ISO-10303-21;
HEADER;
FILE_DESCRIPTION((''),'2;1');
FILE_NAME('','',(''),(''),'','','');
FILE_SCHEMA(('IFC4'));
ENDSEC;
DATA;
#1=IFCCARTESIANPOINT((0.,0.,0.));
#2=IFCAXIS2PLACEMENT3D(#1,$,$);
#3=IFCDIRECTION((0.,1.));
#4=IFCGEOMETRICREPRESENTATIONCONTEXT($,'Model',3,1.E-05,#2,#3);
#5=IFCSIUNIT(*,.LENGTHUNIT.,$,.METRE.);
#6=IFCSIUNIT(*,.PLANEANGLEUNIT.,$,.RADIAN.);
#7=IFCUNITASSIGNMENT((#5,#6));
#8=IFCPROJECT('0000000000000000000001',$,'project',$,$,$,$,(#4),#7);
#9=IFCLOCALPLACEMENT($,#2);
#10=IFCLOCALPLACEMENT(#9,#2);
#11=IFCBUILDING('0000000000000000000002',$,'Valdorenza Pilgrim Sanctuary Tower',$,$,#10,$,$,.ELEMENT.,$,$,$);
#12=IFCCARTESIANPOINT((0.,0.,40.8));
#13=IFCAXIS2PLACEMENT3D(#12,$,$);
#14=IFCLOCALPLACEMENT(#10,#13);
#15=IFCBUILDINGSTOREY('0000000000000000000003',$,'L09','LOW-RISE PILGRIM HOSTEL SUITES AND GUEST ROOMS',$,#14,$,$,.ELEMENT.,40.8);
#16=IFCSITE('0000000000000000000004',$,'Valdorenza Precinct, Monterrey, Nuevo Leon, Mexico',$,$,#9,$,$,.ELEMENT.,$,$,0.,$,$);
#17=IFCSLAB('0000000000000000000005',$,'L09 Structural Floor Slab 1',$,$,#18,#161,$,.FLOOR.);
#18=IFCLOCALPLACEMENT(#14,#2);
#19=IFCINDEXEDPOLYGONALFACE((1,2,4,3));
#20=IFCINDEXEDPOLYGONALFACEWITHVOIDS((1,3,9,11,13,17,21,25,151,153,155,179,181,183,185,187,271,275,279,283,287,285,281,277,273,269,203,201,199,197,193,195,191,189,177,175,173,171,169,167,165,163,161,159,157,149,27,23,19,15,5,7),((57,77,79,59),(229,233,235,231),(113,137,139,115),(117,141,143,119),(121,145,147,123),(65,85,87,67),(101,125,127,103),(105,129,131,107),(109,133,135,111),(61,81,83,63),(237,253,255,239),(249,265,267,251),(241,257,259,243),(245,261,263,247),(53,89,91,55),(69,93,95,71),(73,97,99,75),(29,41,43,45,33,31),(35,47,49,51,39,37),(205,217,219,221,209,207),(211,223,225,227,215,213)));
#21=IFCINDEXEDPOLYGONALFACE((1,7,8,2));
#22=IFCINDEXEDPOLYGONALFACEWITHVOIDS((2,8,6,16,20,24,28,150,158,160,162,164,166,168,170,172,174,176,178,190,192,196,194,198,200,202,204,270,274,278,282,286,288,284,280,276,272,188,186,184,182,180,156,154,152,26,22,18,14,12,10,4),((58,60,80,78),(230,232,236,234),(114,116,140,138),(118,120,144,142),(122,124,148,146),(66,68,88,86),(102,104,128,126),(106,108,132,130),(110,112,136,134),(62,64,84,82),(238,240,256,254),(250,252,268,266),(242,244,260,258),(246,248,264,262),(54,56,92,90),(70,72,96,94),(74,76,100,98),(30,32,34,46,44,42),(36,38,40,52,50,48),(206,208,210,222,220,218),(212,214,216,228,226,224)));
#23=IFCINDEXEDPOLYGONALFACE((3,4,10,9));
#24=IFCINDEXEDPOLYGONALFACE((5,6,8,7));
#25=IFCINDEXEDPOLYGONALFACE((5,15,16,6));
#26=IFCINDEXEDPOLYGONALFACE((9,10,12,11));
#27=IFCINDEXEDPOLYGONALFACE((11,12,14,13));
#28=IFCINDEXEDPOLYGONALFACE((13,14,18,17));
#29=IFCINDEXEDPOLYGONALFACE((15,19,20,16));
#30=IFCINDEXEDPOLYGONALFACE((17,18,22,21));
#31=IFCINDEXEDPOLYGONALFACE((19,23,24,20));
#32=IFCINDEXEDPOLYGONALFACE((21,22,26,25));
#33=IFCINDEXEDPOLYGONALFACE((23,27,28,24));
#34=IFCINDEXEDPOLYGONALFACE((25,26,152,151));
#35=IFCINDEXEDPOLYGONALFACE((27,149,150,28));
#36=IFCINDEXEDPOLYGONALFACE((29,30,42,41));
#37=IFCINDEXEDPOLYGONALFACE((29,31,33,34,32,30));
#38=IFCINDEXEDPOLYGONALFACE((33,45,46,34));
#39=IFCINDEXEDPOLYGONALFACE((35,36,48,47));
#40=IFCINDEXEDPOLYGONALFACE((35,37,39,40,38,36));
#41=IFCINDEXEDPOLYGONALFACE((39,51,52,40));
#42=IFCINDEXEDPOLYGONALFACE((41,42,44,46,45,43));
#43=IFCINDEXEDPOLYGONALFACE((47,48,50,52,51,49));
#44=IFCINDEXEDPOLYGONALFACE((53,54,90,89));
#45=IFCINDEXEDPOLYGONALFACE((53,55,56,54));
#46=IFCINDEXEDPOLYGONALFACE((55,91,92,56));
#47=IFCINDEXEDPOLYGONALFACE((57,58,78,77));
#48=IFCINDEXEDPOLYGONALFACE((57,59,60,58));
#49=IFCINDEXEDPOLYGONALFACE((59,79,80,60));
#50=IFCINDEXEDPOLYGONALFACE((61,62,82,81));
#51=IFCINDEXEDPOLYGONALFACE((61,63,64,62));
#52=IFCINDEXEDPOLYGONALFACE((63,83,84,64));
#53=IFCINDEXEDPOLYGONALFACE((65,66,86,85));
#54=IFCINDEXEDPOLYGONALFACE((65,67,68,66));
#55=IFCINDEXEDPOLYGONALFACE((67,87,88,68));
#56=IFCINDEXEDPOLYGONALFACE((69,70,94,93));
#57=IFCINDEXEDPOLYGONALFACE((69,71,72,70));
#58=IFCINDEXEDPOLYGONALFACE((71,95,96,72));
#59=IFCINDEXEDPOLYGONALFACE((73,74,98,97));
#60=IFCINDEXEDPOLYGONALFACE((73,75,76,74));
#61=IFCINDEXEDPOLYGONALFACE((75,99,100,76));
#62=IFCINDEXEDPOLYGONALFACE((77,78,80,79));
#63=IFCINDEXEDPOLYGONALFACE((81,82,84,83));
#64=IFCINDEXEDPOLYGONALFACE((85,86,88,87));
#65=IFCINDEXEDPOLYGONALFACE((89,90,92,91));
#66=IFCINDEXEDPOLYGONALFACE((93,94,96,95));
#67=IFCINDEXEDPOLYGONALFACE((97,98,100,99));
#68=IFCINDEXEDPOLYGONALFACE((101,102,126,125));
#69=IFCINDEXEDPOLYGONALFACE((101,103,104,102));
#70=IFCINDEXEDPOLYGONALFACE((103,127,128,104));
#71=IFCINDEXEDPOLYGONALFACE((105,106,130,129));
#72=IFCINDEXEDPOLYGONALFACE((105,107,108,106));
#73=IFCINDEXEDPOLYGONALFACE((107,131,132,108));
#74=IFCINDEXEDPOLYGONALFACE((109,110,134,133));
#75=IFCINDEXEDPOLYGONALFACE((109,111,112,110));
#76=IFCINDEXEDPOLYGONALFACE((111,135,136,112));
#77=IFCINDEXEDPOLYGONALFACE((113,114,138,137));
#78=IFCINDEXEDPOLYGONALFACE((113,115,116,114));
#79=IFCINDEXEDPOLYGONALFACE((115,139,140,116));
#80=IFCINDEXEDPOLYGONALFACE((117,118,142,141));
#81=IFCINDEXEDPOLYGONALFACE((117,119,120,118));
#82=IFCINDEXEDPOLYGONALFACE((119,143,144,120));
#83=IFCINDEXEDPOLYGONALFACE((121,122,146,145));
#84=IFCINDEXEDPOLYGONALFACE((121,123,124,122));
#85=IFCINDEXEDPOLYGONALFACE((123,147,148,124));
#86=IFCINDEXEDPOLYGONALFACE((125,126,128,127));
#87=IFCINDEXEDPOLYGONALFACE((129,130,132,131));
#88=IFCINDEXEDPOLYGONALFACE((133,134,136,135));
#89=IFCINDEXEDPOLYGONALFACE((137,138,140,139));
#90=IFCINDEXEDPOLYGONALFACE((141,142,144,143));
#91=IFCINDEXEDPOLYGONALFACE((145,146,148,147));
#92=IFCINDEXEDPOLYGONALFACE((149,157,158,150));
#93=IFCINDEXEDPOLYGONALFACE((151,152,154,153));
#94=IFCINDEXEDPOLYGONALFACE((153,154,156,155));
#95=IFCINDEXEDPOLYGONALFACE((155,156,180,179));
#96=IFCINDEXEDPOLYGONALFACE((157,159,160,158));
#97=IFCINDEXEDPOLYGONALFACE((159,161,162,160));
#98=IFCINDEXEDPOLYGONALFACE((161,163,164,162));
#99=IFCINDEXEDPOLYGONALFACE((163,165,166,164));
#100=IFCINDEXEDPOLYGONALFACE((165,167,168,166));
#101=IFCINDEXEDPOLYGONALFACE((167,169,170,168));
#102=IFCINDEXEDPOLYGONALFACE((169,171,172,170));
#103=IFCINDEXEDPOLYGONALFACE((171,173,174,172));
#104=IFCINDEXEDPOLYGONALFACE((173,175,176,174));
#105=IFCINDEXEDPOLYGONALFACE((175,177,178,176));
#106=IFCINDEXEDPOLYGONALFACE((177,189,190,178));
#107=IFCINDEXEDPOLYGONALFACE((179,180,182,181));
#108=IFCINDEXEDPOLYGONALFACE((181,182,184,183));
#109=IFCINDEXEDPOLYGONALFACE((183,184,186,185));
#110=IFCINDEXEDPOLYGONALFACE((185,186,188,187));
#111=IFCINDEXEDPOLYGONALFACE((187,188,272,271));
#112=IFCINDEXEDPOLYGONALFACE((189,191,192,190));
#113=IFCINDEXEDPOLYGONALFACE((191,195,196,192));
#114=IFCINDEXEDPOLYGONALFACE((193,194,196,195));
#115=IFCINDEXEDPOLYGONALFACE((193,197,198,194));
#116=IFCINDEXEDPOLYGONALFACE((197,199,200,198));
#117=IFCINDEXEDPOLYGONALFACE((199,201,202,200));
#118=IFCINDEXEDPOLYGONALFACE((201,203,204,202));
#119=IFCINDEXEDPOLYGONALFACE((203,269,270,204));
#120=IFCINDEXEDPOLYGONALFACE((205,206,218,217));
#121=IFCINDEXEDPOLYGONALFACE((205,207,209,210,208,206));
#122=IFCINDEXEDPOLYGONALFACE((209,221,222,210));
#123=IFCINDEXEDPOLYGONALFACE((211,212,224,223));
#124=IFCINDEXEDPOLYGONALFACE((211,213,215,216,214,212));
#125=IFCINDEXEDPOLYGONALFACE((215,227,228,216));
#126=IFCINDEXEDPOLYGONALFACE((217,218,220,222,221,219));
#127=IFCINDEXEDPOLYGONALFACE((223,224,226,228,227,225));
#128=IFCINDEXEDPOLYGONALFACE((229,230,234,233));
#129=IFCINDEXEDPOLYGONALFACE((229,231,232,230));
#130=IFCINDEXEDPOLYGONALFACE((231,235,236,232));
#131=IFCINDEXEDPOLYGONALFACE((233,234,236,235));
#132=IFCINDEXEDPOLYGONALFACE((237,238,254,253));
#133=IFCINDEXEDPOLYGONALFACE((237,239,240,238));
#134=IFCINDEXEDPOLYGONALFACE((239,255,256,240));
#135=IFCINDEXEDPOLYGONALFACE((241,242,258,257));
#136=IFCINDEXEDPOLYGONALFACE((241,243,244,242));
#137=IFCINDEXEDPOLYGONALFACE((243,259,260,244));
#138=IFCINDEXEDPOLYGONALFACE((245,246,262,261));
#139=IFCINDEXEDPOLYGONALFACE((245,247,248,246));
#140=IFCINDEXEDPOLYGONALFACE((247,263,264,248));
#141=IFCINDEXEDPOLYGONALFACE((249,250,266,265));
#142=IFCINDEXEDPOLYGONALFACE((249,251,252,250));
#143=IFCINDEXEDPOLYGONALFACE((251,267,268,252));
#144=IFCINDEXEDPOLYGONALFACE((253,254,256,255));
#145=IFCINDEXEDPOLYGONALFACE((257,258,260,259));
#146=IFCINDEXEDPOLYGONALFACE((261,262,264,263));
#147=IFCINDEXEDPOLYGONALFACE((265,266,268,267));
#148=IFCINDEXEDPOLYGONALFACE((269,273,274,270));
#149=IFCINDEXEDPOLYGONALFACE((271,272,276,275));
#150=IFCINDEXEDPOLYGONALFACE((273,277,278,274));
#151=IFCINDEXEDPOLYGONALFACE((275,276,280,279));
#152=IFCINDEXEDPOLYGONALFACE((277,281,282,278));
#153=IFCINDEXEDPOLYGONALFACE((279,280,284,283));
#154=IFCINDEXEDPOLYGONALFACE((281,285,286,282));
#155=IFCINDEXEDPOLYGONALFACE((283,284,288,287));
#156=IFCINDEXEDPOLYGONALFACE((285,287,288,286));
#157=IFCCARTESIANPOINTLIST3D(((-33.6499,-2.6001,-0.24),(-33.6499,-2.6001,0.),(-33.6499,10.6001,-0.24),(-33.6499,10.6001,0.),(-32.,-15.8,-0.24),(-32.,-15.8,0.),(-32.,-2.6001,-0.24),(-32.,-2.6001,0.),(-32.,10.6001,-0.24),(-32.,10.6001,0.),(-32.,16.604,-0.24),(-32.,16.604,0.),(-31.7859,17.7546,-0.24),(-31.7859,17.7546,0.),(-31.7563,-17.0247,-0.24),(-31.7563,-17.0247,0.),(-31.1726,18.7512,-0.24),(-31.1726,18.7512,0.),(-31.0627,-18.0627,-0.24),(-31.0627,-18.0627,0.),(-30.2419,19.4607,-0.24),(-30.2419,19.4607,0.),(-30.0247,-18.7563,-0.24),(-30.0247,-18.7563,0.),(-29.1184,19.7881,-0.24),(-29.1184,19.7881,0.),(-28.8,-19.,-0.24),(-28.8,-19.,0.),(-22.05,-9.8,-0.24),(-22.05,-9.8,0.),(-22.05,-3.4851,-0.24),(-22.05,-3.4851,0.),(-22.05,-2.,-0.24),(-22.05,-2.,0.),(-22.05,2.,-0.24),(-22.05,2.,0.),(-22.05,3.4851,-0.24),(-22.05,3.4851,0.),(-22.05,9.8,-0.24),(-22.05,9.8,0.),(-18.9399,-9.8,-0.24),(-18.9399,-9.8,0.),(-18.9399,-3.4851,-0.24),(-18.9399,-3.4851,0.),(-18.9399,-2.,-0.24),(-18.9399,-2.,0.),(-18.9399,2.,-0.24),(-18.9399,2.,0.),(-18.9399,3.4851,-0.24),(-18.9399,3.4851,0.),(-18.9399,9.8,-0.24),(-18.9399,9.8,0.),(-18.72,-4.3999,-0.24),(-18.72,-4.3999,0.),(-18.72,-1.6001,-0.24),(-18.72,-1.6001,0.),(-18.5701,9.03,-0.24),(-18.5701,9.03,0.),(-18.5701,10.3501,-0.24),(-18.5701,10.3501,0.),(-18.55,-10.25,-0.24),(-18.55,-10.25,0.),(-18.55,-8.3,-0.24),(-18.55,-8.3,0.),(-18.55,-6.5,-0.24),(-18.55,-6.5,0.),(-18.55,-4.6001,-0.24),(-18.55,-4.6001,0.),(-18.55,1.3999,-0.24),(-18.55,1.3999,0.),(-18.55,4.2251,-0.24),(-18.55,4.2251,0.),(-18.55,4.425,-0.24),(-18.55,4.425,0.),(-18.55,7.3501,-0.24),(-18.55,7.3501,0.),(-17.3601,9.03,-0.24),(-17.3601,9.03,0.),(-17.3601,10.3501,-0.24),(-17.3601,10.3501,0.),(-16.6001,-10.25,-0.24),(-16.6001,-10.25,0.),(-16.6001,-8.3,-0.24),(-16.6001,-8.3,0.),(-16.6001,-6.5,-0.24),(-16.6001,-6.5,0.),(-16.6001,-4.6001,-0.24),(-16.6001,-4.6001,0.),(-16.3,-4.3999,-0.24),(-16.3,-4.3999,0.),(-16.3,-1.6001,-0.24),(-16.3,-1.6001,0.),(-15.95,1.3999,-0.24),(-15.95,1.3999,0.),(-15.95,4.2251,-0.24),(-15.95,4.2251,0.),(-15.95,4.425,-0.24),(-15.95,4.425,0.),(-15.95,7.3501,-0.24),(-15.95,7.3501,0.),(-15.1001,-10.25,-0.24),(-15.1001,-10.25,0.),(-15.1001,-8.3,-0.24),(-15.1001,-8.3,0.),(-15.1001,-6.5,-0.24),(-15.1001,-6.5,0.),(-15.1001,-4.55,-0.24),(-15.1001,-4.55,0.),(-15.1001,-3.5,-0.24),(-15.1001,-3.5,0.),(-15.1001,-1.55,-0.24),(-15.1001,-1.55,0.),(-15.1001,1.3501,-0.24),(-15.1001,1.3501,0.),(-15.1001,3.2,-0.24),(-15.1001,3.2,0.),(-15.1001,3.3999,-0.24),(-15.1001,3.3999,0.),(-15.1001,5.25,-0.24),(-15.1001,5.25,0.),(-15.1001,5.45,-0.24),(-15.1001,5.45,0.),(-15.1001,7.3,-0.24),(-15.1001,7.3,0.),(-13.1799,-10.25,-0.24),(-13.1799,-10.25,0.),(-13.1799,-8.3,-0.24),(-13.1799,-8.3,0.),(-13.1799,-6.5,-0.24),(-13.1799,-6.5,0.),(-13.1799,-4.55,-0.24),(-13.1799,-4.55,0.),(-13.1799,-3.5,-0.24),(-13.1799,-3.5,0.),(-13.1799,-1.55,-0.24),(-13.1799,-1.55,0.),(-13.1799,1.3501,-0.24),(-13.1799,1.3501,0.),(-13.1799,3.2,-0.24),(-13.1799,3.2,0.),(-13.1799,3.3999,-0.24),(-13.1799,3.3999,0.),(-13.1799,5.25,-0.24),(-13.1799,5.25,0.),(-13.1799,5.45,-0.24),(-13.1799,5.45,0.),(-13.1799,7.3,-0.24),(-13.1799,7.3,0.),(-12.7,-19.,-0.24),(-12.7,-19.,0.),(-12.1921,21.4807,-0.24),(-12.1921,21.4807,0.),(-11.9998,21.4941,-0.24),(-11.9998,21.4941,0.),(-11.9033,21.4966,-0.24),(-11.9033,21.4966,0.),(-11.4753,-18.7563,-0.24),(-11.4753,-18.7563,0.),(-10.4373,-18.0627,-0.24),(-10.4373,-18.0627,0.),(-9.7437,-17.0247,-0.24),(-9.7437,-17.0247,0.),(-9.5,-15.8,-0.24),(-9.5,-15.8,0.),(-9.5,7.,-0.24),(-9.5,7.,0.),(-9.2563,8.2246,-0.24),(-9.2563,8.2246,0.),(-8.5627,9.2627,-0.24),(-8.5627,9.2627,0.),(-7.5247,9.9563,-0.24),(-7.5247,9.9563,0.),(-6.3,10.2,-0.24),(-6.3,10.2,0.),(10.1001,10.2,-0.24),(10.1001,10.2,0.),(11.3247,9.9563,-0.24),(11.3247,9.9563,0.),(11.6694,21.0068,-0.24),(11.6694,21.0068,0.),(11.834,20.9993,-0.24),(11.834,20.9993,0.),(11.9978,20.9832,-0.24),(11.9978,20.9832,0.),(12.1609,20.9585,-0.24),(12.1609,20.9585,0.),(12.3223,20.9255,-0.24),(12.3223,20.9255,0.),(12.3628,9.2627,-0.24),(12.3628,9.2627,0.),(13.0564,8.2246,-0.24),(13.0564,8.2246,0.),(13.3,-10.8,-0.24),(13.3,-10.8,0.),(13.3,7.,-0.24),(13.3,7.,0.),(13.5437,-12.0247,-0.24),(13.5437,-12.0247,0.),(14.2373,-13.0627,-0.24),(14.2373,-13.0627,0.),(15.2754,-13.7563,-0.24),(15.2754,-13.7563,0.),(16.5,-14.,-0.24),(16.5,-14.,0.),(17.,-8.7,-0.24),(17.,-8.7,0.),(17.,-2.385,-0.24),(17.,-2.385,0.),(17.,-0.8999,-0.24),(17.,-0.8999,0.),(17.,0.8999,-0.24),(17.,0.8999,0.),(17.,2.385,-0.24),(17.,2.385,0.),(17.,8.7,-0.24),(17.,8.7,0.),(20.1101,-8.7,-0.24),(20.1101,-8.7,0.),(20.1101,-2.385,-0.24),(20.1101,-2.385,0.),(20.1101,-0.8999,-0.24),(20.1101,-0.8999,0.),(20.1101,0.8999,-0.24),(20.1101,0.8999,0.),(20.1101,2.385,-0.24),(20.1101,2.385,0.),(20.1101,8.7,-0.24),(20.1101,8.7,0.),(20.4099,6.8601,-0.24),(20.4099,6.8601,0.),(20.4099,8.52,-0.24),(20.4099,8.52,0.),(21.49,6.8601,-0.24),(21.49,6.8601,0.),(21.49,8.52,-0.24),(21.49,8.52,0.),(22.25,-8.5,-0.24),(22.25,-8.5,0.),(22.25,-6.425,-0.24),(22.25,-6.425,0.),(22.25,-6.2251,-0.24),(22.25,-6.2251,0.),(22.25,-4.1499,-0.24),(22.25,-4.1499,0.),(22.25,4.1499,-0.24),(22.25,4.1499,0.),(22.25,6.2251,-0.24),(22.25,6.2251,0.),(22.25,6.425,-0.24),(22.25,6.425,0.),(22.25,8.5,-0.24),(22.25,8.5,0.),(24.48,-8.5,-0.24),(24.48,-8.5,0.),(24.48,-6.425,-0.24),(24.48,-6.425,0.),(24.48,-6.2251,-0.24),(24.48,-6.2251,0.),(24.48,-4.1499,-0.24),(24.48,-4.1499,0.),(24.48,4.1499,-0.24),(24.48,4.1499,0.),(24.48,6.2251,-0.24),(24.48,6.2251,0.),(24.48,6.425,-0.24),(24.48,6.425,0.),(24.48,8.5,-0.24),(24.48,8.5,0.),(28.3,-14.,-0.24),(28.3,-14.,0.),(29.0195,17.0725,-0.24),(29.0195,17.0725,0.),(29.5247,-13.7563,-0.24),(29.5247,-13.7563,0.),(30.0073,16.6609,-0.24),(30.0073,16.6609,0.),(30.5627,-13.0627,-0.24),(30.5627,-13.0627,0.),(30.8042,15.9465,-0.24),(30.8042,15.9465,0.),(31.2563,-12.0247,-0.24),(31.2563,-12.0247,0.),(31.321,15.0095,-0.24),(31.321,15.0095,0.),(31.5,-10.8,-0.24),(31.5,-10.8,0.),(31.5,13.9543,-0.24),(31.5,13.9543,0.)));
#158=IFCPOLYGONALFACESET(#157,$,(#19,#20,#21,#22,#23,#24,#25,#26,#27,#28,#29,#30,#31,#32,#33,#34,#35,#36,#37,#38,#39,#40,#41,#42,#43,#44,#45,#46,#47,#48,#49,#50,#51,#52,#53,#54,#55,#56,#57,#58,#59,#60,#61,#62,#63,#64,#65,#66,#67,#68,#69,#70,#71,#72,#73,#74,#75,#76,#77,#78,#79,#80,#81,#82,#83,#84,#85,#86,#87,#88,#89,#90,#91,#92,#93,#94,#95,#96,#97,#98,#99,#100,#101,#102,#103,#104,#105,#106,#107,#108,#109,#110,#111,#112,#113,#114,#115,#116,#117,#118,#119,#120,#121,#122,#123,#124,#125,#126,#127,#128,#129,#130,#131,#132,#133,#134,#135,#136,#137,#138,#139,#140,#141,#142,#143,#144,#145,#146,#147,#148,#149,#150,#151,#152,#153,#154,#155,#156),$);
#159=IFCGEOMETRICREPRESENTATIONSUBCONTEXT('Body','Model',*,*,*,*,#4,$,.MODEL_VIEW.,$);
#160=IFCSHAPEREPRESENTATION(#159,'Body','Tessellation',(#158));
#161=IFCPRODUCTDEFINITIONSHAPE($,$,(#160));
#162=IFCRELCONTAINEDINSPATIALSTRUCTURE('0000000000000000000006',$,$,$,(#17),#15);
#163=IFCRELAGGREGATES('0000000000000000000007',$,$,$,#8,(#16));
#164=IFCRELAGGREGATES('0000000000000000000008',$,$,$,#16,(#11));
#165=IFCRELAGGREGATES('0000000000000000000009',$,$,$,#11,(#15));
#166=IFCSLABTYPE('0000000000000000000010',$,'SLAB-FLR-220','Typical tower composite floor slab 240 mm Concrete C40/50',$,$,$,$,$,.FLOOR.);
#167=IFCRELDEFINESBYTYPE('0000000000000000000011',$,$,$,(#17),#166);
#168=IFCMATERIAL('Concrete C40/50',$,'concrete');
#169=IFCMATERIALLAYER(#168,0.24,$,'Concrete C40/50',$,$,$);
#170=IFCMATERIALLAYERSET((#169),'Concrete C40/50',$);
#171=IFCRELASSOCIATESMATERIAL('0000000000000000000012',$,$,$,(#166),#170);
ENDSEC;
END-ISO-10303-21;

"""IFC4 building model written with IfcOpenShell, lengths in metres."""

from ifc_helpers import new_model, si_unit, direction, frame, origin, place, context, subcontext, project, spatial, polyline, outline, extrude, material, layer, layer_set, type_object, element, save


model = new_model("IFC4")

# Units and contexts
model_context = context("Model", 3, precision=1e-05, world=origin(), true_north=direction((0.0, 1.0)))
body_context = subcontext(model_context, "Body", "Model", "MODEL_VIEW")
ifc_project = project(units=[si_unit("LENGTHUNIT", "METRE"), si_unit("PLANEANGLEUNIT", "RADIAN")], contexts=[model_context])

# Site, building, storey
site_placement = place(None, origin())
site = spatial("IfcSite", under=ifc_project, at=site_placement, Name="Valdorenza Precinct, Monterrey, Nuevo Leon, Mexico", CompositionType="ELEMENT", RefElevation=0.0)
building_placement = place(site_placement, origin())
building = spatial("IfcBuilding", under=site, at=building_placement, Name="Valdorenza Pilgrim Sanctuary Tower", CompositionType="ELEMENT")
storey_placement = place(building_placement, frame((0.0, 0.0, 40.8)))
storey = spatial("IfcBuildingStorey", under=building, at=storey_placement, Name="L09", Description="LOW-RISE PILGRIM HOSTEL SUITES AND GUEST ROOMS", CompositionType="ELEMENT", Elevation=40.8)

# Slab
ifc_material_1 = material(Name="Concrete C40/50", Category="concrete")
ifc_layer_1 = layer(ifc_material_1, 0.24, Name="Concrete C40/50")
ifc_layer_set_1 = layer_set([ifc_layer_1], Name="Concrete C40/50")
slab_type_1 = type_object("IfcSlabType", Name="SLAB-FLR-220", Description="Typical tower composite floor slab 240 mm Concrete C40/50", PredefinedType="FLOOR", material=ifc_layer_set_1)
slab_1_placement = place(storey_placement, frame((0.0, 0.0, -0.24)))
element("IfcSlab", 1, at=slab_1_placement, inside=storey, type_object=slab_type_1, Name="L09 Structural Floor Slab 1", PredefinedType="FLOOR", context=body_context, shape_type="SweptSolid", body=[
    extrude(outline(polyline([(-31.7859, 17.7546), (-31.1726, 18.7512), (-30.2419, 19.4607), (-29.1184, 19.7881), (-12.1921, 21.4807), (-11.9998, 21.4941), (-11.9033, 21.4966), (11.6694, 21.0068), (11.834, 20.9993), (11.9978, 20.9832), (12.1609, 20.9585), (12.3223, 20.9255), (29.0195, 17.0725), (30.0073, 16.6609), (30.8042, 15.9465), (31.321, 15.0095), (31.5, 13.9543), (31.5, -10.8), (31.2563, -12.0247), (30.5627, -13.0627), (29.5247, -13.7563), (28.3, -14.0), (16.5, -14.0), (15.2754, -13.7563), (14.2373, -13.0627), (13.5437, -12.0247), (13.3, -10.8), (13.3, 7.0), (13.0564, 8.2246), (12.3628, 9.2627), (11.3247, 9.9563), (10.1001, 10.2), (-6.3, 10.2), (-7.5247, 9.9563), (-8.5627, 9.2627), (-9.2563, 8.2246), (-9.5, 7.0), (-9.5, -15.8), (-9.7437, -17.0247), (-10.4373, -18.0627), (-11.4753, -18.7563), (-12.7, -19.0), (-28.8, -19.0), (-30.0247, -18.7563), (-31.0627, -18.0627), (-31.7563, -17.0247), (-32.0, -15.8), (-32.0, -2.6001), (-33.6499, -2.6001), (-33.6499, 10.6001), (-32.0, 10.6001), (-32.0, 16.604), (-31.7859, 17.7546)]), holes=[polyline([(-16.6001, -10.25), (-16.6001, -8.3), (-18.55, -8.3), (-18.55, -10.25), (-16.6001, -10.25)]), polyline([(-22.05, -9.8), (-18.9399, -9.8), (-18.9399, -3.4851), (-18.9399, -2.0), (-22.05, -2.0), (-22.05, -3.4851), (-22.05, -9.8)]), polyline([(-18.55, -6.5), (-16.6001, -6.5), (-16.6001, -4.6001), (-18.55, -4.6001), (-18.55, -6.5)]), polyline([(-13.1799, -6.5), (-13.1799, -4.55), (-15.1001, -4.55), (-15.1001, -6.5), (-13.1799, -6.5)]), polyline([(-18.72, -4.3999), (-16.3, -4.3999), (-16.3, -1.6001), (-18.72, -1.6001), (-18.72, -4.3999)]), polyline([(-13.1799, -3.5), (-13.1799, -1.55), (-15.1001, -1.55), (-15.1001, -3.5), (-13.1799, -3.5)]), polyline([(-22.05, 2.0), (-18.9399, 2.0), (-18.9399, 3.4851), (-18.9399, 9.8), (-22.05, 9.8), (-22.05, 3.4851), (-22.05, 2.0)]), polyline([(-18.55, 1.3999), (-15.95, 1.3999), (-15.95, 4.2251), (-18.55, 4.2251), (-18.55, 1.3999)]), polyline([(-15.95, 4.425), (-15.95, 7.3501), (-18.55, 7.3501), (-18.55, 4.425), (-15.95, 4.425)]), polyline([(-15.1001, 5.45), (-13.1799, 5.45), (-13.1799, 7.3), (-15.1001, 7.3), (-15.1001, 5.45)]), polyline([(-17.3601, 9.03), (-17.3601, 10.3501), (-18.5701, 10.3501), (-18.5701, 9.03), (-17.3601, 9.03)]), polyline([(-15.1001, -10.25), (-13.1799, -10.25), (-13.1799, -8.3), (-15.1001, -8.3), (-15.1001, -10.25)]), polyline([(22.25, -8.5), (24.48, -8.5), (24.48, -6.425), (22.25, -6.425), (22.25, -8.5)]), polyline([(17.0, -2.385), (17.0, -8.7), (20.1101, -8.7), (20.1101, -2.385), (20.1101, -0.8999), (17.0, -0.8999), (17.0, -2.385)]), polyline([(22.25, -6.2251), (24.48, -6.2251), (24.48, -4.1499), (22.25, -4.1499), (22.25, -6.2251)]), polyline([(17.0, 0.8999), (20.1101, 0.8999), (20.1101, 2.385), (20.1101, 8.7), (17.0, 8.7), (17.0, 2.385), (17.0, 0.8999)]), polyline([(-15.1001, 1.3501), (-13.1799, 1.3501), (-13.1799, 3.2), (-15.1001, 3.2), (-15.1001, 1.3501)]), polyline([(-15.1001, 3.3999), (-13.1799, 3.3999), (-13.1799, 5.25), (-15.1001, 5.25), (-15.1001, 3.3999)]), polyline([(22.25, 4.1499), (24.48, 4.1499), (24.48, 6.2251), (22.25, 6.2251), (22.25, 4.1499)]), polyline([(22.25, 6.425), (24.48, 6.425), (24.48, 8.5), (22.25, 8.5), (22.25, 6.425)]), polyline([(20.4099, 6.8601), (21.49, 6.8601), (21.49, 8.52), (20.4099, 8.52), (20.4099, 6.8601)])]), origin(), (0.0, 0.0, 1.0), 0.24),
])

save(model, "model.ifc")
